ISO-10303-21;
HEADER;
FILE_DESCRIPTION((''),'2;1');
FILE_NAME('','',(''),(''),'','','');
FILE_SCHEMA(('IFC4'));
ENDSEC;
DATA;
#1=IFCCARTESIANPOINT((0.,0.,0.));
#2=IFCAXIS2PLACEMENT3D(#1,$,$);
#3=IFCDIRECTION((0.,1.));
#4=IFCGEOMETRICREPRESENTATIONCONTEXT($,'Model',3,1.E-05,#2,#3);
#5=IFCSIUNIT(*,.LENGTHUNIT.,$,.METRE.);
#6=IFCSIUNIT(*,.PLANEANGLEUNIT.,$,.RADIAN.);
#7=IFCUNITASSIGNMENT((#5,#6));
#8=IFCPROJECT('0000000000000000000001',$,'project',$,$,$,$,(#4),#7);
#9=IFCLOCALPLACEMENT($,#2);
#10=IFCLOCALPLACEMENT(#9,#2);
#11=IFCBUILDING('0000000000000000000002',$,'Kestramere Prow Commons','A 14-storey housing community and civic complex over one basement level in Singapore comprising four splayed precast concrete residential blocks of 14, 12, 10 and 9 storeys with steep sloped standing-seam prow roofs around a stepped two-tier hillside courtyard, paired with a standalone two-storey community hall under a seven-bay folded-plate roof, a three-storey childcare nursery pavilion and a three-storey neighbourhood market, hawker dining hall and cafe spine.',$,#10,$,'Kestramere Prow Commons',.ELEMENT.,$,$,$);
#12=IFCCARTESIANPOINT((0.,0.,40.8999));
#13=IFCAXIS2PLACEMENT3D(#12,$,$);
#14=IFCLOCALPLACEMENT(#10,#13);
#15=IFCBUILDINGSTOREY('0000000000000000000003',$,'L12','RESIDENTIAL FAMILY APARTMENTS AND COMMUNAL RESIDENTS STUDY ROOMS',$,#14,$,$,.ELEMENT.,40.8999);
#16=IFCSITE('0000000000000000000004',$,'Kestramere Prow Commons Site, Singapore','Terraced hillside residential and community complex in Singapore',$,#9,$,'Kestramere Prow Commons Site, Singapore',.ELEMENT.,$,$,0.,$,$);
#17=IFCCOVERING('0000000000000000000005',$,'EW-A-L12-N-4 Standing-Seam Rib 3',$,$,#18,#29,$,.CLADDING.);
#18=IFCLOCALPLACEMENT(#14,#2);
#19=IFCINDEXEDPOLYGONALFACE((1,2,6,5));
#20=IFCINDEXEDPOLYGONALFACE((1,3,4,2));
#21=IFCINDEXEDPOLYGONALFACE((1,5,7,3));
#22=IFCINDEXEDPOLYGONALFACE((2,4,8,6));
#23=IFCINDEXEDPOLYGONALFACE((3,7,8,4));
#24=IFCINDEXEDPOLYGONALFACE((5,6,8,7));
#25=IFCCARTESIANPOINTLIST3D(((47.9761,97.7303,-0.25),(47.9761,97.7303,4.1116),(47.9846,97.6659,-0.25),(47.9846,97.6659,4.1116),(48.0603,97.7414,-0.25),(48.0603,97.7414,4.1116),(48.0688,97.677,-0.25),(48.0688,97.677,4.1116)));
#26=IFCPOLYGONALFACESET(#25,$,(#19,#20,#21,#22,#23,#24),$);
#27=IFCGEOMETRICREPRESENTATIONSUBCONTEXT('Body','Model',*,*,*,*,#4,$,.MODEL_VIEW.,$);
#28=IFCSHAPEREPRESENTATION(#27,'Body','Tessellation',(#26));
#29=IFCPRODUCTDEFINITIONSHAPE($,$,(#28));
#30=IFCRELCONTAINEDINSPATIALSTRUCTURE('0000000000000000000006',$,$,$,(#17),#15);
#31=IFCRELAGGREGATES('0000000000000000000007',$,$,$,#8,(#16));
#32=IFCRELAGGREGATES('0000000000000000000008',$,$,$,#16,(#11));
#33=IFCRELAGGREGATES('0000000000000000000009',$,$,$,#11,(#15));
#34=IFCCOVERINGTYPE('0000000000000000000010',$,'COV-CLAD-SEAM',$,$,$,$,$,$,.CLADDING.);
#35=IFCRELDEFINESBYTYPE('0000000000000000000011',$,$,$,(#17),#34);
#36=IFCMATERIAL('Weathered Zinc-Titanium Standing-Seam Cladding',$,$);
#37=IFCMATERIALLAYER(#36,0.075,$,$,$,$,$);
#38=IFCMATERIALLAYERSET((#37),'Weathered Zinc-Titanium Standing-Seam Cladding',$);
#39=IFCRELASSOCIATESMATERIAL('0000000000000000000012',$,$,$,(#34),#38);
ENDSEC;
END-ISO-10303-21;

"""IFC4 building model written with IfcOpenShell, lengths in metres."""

from ifc_helpers import new_model, si_unit, direction, frame, origin, origin_2d, place, context, subcontext, project, spatial, rectangle, extrude, material, layer, layer_set, type_object, element, save


model = new_model("IFC4")

# Units and contexts
model_context = context("Model", 3, precision=1e-05, world=origin(), true_north=direction((0.0, 1.0)))
body_context = subcontext(model_context, "Body", "Model", "MODEL_VIEW")
ifc_project = project(units=[si_unit("LENGTHUNIT", "METRE"), si_unit("PLANEANGLEUNIT", "RADIAN")], contexts=[model_context])

# Site, building, storey
site_placement = place(None, origin())
site = spatial("IfcSite", under=ifc_project, at=site_placement, Name="Kestramere Prow Commons Site, Singapore", Description="Terraced hillside residential and community complex in Singapore", LongName="Kestramere Prow Commons Site, Singapore", CompositionType="ELEMENT", RefElevation=0.0)
building_placement = place(site_placement, origin())
building = spatial("IfcBuilding", under=site, at=building_placement, Name="Kestramere Prow Commons", Description="A 14-storey housing community and civic complex over one basement level in Singapore comprising four splayed precast concrete residential blocks of 14, 12, 10 and 9 storeys with steep sloped standing-seam prow roofs around a stepped two-tier hillside courtyard, paired with a standalone two-storey community hall under a seven-bay folded-plate roof, a three-storey childcare nursery pavilion and a three-storey neighbourhood market, hawker dining hall and cafe spine.", LongName="Kestramere Prow Commons", CompositionType="ELEMENT")
storey_placement = place(building_placement, frame((0.0, 0.0, 40.8999)))
storey = spatial("IfcBuildingStorey", under=building, at=storey_placement, Name="L12", Description="RESIDENTIAL FAMILY APARTMENTS AND COMMUNAL RESIDENTS STUDY ROOMS", CompositionType="ELEMENT", Elevation=40.8999)

# Covering
ifc_material_1 = material(Name="Weathered Zinc-Titanium Standing-Seam Cladding")
ifc_layer_1 = layer(ifc_material_1, 0.075)
ifc_layer_set_1 = layer_set([ifc_layer_1], Name="Weathered Zinc-Titanium Standing-Seam Cladding")
covering_type = type_object("IfcCoveringType", Name="COV-CLAD-SEAM", PredefinedType="CLADDING", material=ifc_layer_set_1)
covering_1_placement = place(storey_placement, frame((48.0225, 97.7036, -0.25), z_axis=(0.0, 0.0, 1.0), x_axis=(0.991445, 0.130526, 0.0)))
element("IfcCovering", 1, at=covering_1_placement, inside=storey, type_object=covering_type, Name="EW-A-L12-N-4 Standing-Seam Rib 3", PredefinedType="CLADDING", context=body_context, shape_type="SweptSolid", body=[
    extrude(rectangle(XDim=0.085, YDim=0.0649, at=origin_2d()), origin(), (0.0, 0.0, 1.0), 4.3616),
])

save(model, "model.ifc")
